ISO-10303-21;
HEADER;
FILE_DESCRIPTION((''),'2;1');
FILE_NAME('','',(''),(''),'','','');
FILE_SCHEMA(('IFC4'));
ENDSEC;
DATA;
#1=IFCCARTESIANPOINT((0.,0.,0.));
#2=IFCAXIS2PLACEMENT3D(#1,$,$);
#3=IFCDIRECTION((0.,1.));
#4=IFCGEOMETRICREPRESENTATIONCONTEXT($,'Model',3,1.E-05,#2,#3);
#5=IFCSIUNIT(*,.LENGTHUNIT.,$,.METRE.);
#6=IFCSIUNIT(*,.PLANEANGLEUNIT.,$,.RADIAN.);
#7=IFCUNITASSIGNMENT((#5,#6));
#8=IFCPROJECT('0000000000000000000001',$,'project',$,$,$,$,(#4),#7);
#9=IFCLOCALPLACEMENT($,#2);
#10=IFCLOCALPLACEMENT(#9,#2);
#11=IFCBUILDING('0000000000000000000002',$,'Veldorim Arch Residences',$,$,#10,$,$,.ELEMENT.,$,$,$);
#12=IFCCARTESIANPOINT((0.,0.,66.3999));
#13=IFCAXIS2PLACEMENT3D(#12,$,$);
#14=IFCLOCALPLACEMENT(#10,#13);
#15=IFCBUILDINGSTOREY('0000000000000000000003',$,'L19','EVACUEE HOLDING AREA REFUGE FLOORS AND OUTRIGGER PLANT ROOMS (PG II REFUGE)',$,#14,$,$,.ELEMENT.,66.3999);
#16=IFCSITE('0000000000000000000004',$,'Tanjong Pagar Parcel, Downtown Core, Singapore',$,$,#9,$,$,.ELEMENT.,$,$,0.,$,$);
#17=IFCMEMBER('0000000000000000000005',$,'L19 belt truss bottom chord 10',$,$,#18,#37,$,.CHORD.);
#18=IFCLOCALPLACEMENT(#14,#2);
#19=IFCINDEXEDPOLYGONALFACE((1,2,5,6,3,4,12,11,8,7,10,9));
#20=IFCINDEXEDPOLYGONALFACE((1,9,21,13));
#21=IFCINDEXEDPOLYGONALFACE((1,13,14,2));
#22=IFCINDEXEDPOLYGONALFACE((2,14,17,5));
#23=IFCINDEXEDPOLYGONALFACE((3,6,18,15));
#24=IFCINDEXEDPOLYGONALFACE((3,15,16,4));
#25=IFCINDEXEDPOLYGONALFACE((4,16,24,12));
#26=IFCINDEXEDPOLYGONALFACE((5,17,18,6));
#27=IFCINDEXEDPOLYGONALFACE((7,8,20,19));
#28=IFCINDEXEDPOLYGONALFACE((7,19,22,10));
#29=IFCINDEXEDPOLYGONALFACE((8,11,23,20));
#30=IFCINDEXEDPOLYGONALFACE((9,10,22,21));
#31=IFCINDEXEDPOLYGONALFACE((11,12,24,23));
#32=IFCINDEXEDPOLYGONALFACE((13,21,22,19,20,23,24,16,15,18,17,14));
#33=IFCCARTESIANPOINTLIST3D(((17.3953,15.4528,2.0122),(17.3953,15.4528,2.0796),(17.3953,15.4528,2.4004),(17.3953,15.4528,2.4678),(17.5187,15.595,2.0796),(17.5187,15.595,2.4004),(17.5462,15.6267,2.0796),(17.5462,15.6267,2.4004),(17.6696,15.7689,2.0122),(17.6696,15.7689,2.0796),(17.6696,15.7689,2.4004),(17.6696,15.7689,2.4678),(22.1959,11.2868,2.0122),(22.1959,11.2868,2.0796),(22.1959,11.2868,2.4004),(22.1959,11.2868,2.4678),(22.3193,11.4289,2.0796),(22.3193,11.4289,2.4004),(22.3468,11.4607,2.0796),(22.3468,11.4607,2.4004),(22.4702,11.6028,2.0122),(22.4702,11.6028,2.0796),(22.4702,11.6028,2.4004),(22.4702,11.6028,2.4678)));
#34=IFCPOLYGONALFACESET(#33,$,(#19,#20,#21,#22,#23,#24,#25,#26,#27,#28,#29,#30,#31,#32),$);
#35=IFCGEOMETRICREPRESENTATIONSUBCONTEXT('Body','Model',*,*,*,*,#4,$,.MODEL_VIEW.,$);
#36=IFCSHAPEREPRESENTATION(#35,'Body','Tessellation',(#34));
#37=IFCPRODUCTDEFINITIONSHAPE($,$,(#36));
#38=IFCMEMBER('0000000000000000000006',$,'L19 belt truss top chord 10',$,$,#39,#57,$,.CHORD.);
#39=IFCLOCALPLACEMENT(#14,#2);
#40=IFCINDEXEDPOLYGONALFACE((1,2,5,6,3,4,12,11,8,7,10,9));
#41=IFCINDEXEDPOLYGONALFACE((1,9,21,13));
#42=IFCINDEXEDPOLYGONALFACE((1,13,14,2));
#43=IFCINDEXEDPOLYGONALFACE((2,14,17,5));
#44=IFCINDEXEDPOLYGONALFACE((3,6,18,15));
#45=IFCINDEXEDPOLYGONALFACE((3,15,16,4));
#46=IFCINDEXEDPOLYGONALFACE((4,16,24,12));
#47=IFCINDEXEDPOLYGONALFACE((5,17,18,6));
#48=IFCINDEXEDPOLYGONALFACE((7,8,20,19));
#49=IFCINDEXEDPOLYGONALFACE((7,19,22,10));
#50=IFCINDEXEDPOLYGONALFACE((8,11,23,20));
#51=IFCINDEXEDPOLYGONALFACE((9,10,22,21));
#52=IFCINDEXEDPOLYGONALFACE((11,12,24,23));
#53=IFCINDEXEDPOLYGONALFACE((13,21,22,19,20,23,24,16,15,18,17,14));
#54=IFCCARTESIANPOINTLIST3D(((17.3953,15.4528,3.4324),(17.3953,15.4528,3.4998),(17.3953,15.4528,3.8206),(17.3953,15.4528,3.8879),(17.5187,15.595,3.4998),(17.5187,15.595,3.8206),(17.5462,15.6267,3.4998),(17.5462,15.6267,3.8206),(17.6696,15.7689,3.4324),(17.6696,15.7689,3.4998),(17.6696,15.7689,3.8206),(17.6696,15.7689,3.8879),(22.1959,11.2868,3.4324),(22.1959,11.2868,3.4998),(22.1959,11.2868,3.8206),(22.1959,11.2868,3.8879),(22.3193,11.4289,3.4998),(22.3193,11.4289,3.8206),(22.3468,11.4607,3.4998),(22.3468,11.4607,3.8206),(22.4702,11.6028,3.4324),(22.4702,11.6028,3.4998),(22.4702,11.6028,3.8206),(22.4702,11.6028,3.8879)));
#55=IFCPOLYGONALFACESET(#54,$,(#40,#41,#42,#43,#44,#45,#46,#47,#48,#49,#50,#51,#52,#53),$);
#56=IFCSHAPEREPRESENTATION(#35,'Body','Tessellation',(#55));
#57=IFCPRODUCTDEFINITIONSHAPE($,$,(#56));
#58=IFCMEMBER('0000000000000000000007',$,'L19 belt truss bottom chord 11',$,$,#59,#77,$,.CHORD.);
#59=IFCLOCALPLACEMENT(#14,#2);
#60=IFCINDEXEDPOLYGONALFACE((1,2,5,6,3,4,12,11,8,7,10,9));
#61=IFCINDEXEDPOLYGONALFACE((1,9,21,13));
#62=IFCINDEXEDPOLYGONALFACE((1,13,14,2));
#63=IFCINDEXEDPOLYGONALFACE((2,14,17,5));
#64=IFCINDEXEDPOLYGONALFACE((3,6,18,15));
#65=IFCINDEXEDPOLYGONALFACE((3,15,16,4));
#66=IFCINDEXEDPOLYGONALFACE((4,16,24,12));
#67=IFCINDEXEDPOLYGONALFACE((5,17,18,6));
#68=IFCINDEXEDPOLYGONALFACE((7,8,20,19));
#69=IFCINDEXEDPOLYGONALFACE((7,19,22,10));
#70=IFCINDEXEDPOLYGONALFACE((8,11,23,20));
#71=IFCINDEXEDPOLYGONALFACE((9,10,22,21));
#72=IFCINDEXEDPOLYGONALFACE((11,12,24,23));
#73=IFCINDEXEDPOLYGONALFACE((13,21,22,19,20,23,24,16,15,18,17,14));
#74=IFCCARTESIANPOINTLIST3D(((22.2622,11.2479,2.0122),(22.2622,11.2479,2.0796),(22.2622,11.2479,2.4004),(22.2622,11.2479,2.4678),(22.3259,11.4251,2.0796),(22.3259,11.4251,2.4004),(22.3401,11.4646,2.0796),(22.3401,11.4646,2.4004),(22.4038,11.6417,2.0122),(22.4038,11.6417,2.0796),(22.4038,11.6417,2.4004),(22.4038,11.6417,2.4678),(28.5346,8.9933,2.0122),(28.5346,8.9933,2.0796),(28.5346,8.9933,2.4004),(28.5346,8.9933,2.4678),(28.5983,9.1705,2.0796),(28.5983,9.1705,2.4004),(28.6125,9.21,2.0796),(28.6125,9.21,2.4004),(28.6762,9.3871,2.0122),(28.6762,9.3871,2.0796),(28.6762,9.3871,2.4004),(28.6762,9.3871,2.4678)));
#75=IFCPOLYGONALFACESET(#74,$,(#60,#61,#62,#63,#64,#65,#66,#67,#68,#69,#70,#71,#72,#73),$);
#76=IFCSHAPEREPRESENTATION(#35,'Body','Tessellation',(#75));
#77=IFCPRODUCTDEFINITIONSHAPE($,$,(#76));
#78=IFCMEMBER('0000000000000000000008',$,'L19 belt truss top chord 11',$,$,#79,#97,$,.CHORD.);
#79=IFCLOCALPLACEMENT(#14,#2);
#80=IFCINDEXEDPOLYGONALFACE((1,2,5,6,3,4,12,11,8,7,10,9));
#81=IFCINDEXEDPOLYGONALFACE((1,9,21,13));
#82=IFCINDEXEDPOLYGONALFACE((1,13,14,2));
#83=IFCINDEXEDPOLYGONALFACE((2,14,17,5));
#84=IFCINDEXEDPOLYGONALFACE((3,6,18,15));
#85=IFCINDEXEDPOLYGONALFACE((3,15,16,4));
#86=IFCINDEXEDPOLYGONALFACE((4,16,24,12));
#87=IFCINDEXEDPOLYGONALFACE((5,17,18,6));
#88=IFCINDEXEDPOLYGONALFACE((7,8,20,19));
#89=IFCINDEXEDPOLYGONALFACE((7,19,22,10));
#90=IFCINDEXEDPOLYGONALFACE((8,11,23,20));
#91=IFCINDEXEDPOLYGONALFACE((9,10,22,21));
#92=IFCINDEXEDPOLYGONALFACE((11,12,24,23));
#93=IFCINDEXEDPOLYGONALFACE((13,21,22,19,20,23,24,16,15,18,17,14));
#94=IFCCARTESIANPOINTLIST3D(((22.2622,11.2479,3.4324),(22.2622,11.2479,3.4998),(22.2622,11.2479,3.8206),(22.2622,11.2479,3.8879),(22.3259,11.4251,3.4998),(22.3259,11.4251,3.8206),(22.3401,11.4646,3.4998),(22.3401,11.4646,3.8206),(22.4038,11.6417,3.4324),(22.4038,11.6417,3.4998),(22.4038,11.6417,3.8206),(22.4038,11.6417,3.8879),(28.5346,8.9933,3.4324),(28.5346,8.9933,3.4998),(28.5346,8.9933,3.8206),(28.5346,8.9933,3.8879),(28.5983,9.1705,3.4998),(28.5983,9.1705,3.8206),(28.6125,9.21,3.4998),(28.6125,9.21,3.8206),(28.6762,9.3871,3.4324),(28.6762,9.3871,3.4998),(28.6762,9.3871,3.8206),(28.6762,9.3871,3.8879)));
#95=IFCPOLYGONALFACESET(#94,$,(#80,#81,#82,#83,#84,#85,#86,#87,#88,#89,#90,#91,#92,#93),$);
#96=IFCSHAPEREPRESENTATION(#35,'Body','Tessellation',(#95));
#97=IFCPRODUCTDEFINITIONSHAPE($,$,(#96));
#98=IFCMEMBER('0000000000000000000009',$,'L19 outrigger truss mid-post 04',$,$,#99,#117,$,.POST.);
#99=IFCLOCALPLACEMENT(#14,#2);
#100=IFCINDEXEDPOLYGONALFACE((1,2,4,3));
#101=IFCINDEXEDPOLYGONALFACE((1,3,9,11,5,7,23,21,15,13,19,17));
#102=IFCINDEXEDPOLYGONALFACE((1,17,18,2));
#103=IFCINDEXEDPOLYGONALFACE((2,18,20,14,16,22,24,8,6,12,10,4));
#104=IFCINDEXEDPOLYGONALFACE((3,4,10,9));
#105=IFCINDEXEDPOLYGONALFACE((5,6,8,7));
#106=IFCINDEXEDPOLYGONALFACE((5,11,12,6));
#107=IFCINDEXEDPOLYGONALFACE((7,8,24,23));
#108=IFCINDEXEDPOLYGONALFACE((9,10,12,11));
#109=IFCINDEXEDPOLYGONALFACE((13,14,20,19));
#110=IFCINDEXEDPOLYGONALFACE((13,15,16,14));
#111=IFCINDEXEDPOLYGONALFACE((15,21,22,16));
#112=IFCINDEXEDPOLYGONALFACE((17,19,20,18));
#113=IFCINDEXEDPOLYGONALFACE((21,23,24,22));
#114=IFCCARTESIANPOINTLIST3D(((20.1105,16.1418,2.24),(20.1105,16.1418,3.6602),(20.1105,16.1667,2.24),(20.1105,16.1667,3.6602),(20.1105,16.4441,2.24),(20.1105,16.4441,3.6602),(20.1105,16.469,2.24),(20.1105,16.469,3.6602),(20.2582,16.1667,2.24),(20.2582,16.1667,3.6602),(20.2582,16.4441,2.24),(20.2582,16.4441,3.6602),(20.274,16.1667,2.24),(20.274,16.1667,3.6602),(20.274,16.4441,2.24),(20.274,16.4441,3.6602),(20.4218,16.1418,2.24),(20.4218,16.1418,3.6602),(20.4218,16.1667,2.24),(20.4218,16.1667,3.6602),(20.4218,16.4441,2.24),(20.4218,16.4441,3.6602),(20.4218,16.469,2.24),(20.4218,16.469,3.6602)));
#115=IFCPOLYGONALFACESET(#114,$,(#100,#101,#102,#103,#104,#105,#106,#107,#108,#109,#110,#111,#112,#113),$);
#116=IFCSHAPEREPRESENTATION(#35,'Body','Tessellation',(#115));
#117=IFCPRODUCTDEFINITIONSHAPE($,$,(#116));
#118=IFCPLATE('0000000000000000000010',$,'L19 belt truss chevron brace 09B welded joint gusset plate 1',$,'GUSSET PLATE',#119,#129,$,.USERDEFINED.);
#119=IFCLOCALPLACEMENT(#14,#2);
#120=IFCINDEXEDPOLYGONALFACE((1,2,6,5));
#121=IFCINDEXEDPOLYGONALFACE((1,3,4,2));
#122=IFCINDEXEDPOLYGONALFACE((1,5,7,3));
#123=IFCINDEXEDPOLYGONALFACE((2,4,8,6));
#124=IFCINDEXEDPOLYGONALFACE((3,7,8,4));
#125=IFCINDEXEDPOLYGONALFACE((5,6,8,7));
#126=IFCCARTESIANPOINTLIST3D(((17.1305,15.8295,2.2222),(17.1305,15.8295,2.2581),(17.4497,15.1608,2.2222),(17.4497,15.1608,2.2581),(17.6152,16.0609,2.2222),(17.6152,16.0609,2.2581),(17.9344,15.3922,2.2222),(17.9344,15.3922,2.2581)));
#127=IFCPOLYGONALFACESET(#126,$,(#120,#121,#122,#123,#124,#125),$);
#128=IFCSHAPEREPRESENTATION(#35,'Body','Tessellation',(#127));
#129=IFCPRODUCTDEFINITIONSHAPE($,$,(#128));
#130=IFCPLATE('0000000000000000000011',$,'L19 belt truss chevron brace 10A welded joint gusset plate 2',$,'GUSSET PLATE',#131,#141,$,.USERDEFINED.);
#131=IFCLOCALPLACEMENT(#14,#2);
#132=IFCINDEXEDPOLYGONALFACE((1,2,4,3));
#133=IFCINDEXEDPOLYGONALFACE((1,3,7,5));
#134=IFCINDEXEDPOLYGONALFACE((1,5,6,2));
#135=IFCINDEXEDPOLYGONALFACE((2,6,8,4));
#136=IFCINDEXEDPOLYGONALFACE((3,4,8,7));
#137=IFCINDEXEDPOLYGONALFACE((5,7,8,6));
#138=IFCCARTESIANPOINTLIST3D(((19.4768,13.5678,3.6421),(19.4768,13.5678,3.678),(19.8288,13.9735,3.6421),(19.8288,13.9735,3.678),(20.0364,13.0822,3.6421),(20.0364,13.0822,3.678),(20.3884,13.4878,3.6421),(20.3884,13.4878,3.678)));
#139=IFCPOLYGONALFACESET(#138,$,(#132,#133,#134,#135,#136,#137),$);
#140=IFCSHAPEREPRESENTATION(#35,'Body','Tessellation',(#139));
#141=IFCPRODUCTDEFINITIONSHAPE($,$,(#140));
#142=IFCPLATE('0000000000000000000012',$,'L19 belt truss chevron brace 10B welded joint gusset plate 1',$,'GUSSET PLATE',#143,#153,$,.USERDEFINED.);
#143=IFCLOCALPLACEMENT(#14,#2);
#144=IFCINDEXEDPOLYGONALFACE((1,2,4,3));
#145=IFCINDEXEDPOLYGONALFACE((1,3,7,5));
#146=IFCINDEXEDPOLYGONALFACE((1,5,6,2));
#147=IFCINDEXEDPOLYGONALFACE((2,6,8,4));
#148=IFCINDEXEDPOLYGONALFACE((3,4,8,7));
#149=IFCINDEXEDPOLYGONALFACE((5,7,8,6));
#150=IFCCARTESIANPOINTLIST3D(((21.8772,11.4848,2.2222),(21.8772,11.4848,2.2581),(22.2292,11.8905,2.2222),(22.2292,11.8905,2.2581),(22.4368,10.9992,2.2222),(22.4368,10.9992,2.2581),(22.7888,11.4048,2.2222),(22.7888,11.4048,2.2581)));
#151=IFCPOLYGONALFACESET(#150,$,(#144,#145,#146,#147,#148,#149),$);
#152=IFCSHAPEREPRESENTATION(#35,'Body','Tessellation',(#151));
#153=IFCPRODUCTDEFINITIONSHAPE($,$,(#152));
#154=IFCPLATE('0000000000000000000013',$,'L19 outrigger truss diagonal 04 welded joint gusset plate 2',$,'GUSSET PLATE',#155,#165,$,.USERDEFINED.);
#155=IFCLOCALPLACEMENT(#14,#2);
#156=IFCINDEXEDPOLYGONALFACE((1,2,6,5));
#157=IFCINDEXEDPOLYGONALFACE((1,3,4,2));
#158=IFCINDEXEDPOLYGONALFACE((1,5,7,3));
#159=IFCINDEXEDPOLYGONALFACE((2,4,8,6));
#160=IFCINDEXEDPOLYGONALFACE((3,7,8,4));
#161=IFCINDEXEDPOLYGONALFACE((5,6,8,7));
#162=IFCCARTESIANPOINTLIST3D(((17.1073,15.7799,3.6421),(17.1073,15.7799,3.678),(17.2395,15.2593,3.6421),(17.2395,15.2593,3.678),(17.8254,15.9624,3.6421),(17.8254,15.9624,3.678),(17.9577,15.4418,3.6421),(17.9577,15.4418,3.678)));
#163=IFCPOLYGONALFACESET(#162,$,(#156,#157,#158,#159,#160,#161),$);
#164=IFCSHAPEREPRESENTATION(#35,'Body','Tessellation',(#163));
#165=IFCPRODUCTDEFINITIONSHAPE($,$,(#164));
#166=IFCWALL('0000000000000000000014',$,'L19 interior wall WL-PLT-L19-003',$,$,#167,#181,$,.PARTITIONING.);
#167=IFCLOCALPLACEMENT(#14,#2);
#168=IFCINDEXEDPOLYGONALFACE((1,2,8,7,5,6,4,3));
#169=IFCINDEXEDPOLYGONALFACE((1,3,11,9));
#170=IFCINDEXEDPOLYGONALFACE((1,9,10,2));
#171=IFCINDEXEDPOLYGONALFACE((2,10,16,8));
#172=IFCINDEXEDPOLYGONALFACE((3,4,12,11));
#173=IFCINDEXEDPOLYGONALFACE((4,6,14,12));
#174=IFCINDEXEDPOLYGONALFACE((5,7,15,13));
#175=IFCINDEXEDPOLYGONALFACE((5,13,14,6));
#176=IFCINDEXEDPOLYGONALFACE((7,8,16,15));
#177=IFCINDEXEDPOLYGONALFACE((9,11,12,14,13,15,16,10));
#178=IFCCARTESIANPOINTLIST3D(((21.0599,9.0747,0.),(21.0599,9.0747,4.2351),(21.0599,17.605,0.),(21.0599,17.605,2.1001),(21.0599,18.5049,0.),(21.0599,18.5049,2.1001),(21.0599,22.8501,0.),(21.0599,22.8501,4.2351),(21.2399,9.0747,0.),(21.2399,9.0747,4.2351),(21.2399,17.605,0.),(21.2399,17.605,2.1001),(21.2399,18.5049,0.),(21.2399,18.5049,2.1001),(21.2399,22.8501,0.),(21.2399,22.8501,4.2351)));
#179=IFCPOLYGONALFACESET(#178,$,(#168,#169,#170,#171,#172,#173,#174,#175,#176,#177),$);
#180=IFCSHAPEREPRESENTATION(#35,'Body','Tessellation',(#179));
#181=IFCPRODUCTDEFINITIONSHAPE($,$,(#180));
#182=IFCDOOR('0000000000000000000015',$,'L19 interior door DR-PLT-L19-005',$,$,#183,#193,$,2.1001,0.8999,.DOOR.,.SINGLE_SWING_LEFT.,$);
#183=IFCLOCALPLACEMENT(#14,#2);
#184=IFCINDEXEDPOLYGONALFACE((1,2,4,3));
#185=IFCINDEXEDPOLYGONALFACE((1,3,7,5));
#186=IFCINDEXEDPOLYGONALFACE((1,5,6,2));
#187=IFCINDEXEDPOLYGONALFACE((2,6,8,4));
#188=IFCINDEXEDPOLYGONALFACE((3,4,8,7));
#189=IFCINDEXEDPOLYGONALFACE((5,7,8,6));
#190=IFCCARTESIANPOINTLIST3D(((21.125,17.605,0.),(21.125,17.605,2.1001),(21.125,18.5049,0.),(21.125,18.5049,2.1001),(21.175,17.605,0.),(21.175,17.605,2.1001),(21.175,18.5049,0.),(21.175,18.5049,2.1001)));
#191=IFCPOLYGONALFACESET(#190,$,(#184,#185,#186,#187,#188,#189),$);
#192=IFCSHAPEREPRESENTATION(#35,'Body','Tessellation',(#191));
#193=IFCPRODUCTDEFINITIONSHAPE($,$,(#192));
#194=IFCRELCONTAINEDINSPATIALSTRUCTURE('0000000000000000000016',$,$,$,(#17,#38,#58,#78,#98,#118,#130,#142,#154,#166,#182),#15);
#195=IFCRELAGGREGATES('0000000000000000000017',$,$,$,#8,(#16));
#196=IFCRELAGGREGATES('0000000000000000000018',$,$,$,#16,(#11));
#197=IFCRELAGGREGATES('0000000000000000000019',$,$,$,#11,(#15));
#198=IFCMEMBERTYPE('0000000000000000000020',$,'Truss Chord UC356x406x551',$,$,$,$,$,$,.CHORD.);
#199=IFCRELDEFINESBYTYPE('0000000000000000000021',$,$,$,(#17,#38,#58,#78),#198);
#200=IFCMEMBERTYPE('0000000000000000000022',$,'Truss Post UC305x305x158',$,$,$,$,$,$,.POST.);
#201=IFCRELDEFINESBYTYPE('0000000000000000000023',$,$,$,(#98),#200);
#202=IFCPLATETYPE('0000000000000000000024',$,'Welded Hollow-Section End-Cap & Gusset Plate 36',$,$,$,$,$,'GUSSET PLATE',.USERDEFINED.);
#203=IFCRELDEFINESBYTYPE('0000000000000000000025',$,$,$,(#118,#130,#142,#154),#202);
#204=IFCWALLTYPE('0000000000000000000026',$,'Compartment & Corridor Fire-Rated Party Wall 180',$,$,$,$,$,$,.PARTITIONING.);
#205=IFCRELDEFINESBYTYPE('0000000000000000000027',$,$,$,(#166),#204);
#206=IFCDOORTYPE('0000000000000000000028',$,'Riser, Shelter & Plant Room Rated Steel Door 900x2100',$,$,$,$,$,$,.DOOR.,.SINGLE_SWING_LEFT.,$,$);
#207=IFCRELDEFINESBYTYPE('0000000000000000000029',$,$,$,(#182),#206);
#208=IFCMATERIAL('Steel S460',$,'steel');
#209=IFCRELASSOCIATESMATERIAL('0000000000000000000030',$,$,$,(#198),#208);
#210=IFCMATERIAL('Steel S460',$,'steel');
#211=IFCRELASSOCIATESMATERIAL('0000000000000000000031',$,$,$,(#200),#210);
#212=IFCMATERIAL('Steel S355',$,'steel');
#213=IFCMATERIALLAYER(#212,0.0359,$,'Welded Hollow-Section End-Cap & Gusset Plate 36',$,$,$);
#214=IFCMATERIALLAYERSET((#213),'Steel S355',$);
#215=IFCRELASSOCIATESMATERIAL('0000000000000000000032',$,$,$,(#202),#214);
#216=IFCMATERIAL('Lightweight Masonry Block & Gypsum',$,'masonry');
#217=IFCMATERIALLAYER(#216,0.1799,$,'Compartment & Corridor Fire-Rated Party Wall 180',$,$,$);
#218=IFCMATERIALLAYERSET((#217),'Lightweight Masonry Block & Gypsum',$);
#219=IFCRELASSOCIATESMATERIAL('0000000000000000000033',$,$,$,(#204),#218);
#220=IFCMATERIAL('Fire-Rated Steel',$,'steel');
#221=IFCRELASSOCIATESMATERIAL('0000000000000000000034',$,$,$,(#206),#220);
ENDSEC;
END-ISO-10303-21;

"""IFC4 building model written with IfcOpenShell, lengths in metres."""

from ifc_helpers import new_model, si_unit, direction, frame, frame_2d, origin, origin_2d, place, context, subcontext, project, spatial, rectangle, i_section, extrude, material, layer, layer_set, material_profile, profile_set, type_object, element, fill, save


model = new_model("IFC4")

# Units and contexts
model_context = context("Model", 3, precision=1e-05, world=origin(), true_north=direction((0.0, 1.0)))
body_context = subcontext(model_context, "Body", "Model", "MODEL_VIEW")
ifc_project = project(units=[si_unit("LENGTHUNIT", "METRE"), si_unit("PLANEANGLEUNIT", "RADIAN")], contexts=[model_context])

# Site, building, storey
site_placement = place(None, origin())
site = spatial("IfcSite", under=ifc_project, at=site_placement, Name="Tanjong Pagar Parcel, Downtown Core, Singapore", CompositionType="ELEMENT", RefElevation=0.0)
building_placement = place(site_placement, origin())
building = spatial("IfcBuilding", under=site, at=building_placement, Name="Veldorim Arch Residences", CompositionType="ELEMENT")
storey_placement = place(building_placement, frame((0.0, 0.0, 66.3999)))
storey = spatial("IfcBuildingStorey", under=building, at=storey_placement, Name="L19", Description="EVACUEE HOLDING AREA REFUGE FLOORS AND OUTRIGGER PLANT ROOMS (PG II REFUGE)", CompositionType="ELEMENT", Elevation=66.3999)

# Members
ifc_material_1 = material(Name="Steel S460", Category="steel")
ifc_material_profile_1 = material_profile(ifc_material_1, i_section(OverallWidth=0.4185, OverallDepth=0.4556, WebThickness=0.042, FlangeThickness=0.0674, at=origin_2d()), Name="UC356x406x551")
ifc_profile_set_1 = profile_set([ifc_material_profile_1], Name="Steel S460")
member_type_1 = type_object("IfcMemberType", Name="Truss Chord UC356x406x551", PredefinedType="CHORD", material=ifc_profile_set_1)
for number, where, z_axis, x_axis, name in (
    (1, (17.5325, 15.6108, 2.24), (0.755257, -0.655429, 0.0), (0.655429, 0.755257, 0.0), "L19 belt truss bottom chord 10"),
    (2, (17.5325, 15.6108, 3.6602), (0.755257, -0.655429, 0.0), (0.655429, 0.755257, 0.0), "L19 belt truss top chord 10"),
):
    element("IfcMember", number, at=place(storey_placement, frame(where, z_axis=z_axis, x_axis=x_axis)), inside=storey, type_object=member_type_1, Name=name, PredefinedType="CHORD", context=body_context, shape_type="SweptSolid", body=[
        extrude(i_section(OverallWidth=0.4185, OverallDepth=0.4556, WebThickness=0.042, FlangeThickness=0.0674, at=origin_2d()), origin(), (0.0, 0.0, 1.0), 6.3562),
    ])
for number, where, z_axis, x_axis, name in (
    (3, (22.333, 11.4448, 2.24), (0.941052, -0.338262, 0.0), (0.338262, 0.941052, 0.0), "L19 belt truss bottom chord 11"),
    (4, (22.333, 11.4448, 3.6602), (0.941052, -0.338262, 0.0), (0.338262, 0.941052, 0.0), "L19 belt truss top chord 11"),
):
    element("IfcMember", number, at=place(storey_placement, frame(where, z_axis=z_axis, x_axis=x_axis)), inside=storey, type_object=member_type_1, Name=name, PredefinedType="CHORD", context=body_context, shape_type="SweptSolid", body=[
        extrude(i_section(OverallWidth=0.4185, OverallDepth=0.4556, WebThickness=0.042, FlangeThickness=0.0674, at=origin_2d()), origin(), (0.0, 0.0, 1.0), 6.6653),
    ])
ifc_material_2 = material(Name="Steel S460", Category="steel")
ifc_material_profile_2 = material_profile(ifc_material_2, i_section(OverallWidth=0.3113, OverallDepth=0.3271, WebThickness=0.0159, FlangeThickness=0.0249, at=origin_2d()), Name="UC305x305x158")
ifc_profile_set_2 = profile_set([ifc_material_profile_2], Name="Steel S460")
member_type_2 = type_object("IfcMemberType", Name="Truss Post UC305x305x158", PredefinedType="POST", material=ifc_profile_set_2)
member_1_placement = place(storey_placement, frame((20.2661, 16.3054, 2.24), z_axis=(0.0, 0.0, 1.0), x_axis=(1.0, 0.0, 0.0)))
element("IfcMember", 5, at=member_1_placement, inside=storey, type_object=member_type_2, Name="L19 outrigger truss mid-post 04", PredefinedType="POST", context=body_context, shape_type="SweptSolid", body=[
    extrude(i_section(OverallWidth=0.3113, OverallDepth=0.3271, WebThickness=0.0159, FlangeThickness=0.0249, at=origin_2d()), origin(), (0.0, 0.0, 1.0), 1.4202),
])

# Plates
ifc_material_3 = material(Name="Steel S355", Category="steel")
ifc_layer_1 = layer(ifc_material_3, 0.0359, Name="Welded Hollow-Section End-Cap & Gusset Plate 36")
ifc_layer_set_1 = layer_set([ifc_layer_1], Name="Steel S355")
plate_type = type_object("IfcPlateType", Name="Welded Hollow-Section End-Cap & Gusset Plate 36", ElementType="GUSSET PLATE", PredefinedType="USERDEFINED", material=ifc_layer_set_1)
for number, where, z_axis, x_axis, name in (
    (6, (17.5325, 15.6108, 2.2222), (0.0, 0.0, 1.0), (-0.430747, 0.902473, 0.0), "L19 belt truss chevron brace 09B welded joint gusset plate 1"),
    (7, (19.9326, 13.5278, 3.6421), (0.0, 0.0, 1.0), (0.755259, -0.655427, 0.0), "L19 belt truss chevron brace 10A welded joint gusset plate 2"),
    (8, (22.333, 11.4448, 2.2222), (0.0, 0.0, 1.0), (-0.755259, 0.655427, 0.0), "L19 belt truss chevron brace 10B welded joint gusset plate 1"),
    (9, (17.5325, 15.6108, 3.6421), (0.0, 0.0, 1.0), (-0.969209, -0.246238, 0.0), "L19 outrigger truss diagonal 04 welded joint gusset plate 2"),
):
    element("IfcPlate", number, at=place(storey_placement, frame(where, z_axis=z_axis, x_axis=x_axis)), inside=storey, type_object=plate_type, Name=name, ObjectType="GUSSET PLATE", PredefinedType="USERDEFINED", context=body_context, shape_type="SweptSolid", body=[
        extrude(rectangle(XDim=0.741, YDim=0.5371, at=origin_2d()), origin(), (0.0, 0.0, 1.0), 0.0359),
    ])

# Wall, opening, door
ifc_material_4 = material(Name="Lightweight Masonry Block & Gypsum", Category="masonry")
ifc_layer_2 = layer(ifc_material_4, 0.1799, Name="Compartment & Corridor Fire-Rated Party Wall 180")
ifc_layer_set_2 = layer_set([ifc_layer_2], Name="Lightweight Masonry Block & Gypsum")
wall_type_1 = type_object("IfcWallType", Name="Compartment & Corridor Fire-Rated Party Wall 180", PredefinedType="PARTITIONING", material=ifc_layer_set_2)
wall_1_placement = place(storey_placement, frame((21.1499, 9.0747, 0.0), z_axis=(0.0, 0.0, 1.0), x_axis=(0.0, 1.0, 0.0)))
wall_1 = element("IfcWall", 10, at=wall_1_placement, inside=storey, type_object=wall_type_1, Name="L19 interior wall WL-PLT-L19-003", PredefinedType="PARTITIONING", context=body_context, shape_type="SweptSolid", body=[
    extrude(rectangle(XDim=13.7754, YDim=0.1799, at=frame_2d((6.8877, 0.0))), origin(), (0.0, 0.0, 1.0), 4.2351),
])
opening_placement = place(wall_1_placement, frame((8.5303, 0.0, 0.0)))
opening = element("IfcOpeningElement", 11, at=opening_placement, cuts=wall_1, PredefinedType="OPENING", context=body_context, shape_type="SweptSolid", body=[
    extrude(rectangle(XDim=0.8999, YDim=2.1001, at=frame_2d((0.45, 1.05))), frame((0.0, 0.0999, 0.0), z_axis=(0.0, -1.0, 0.0), x_axis=(1.0, 0.0, 0.0)), (0.0, 0.0, 1.0), 0.2),
])
ifc_material_5 = material(Name="Fire-Rated Steel", Category="steel")
door_type = type_object("IfcDoorType", Name="Riser, Shelter & Plant Room Rated Steel Door 900x2100", OperationType="SINGLE_SWING_LEFT", PredefinedType="DOOR", material=ifc_material_5)
door_placement = place(opening_placement, origin())
door = element("IfcDoor", 12, at=door_placement, inside=storey, type_object=door_type, Name="L19 interior door DR-PLT-L19-005", OperationType="SINGLE_SWING_LEFT", OverallHeight=2.1001, OverallWidth=0.8999, PredefinedType="DOOR", context=body_context, shape_type="SweptSolid", body=[
    extrude(rectangle(XDim=0.8999, YDim=2.1001, at=frame_2d((0.45, 1.05))), frame((0.0, 0.0249, 0.0), z_axis=(0.0, -1.0, 0.0), x_axis=(1.0, 0.0, 0.0)), (0.0, 0.0, 1.0), 0.05),
])
fill(opening, door)

save(model, "model.ifc")
